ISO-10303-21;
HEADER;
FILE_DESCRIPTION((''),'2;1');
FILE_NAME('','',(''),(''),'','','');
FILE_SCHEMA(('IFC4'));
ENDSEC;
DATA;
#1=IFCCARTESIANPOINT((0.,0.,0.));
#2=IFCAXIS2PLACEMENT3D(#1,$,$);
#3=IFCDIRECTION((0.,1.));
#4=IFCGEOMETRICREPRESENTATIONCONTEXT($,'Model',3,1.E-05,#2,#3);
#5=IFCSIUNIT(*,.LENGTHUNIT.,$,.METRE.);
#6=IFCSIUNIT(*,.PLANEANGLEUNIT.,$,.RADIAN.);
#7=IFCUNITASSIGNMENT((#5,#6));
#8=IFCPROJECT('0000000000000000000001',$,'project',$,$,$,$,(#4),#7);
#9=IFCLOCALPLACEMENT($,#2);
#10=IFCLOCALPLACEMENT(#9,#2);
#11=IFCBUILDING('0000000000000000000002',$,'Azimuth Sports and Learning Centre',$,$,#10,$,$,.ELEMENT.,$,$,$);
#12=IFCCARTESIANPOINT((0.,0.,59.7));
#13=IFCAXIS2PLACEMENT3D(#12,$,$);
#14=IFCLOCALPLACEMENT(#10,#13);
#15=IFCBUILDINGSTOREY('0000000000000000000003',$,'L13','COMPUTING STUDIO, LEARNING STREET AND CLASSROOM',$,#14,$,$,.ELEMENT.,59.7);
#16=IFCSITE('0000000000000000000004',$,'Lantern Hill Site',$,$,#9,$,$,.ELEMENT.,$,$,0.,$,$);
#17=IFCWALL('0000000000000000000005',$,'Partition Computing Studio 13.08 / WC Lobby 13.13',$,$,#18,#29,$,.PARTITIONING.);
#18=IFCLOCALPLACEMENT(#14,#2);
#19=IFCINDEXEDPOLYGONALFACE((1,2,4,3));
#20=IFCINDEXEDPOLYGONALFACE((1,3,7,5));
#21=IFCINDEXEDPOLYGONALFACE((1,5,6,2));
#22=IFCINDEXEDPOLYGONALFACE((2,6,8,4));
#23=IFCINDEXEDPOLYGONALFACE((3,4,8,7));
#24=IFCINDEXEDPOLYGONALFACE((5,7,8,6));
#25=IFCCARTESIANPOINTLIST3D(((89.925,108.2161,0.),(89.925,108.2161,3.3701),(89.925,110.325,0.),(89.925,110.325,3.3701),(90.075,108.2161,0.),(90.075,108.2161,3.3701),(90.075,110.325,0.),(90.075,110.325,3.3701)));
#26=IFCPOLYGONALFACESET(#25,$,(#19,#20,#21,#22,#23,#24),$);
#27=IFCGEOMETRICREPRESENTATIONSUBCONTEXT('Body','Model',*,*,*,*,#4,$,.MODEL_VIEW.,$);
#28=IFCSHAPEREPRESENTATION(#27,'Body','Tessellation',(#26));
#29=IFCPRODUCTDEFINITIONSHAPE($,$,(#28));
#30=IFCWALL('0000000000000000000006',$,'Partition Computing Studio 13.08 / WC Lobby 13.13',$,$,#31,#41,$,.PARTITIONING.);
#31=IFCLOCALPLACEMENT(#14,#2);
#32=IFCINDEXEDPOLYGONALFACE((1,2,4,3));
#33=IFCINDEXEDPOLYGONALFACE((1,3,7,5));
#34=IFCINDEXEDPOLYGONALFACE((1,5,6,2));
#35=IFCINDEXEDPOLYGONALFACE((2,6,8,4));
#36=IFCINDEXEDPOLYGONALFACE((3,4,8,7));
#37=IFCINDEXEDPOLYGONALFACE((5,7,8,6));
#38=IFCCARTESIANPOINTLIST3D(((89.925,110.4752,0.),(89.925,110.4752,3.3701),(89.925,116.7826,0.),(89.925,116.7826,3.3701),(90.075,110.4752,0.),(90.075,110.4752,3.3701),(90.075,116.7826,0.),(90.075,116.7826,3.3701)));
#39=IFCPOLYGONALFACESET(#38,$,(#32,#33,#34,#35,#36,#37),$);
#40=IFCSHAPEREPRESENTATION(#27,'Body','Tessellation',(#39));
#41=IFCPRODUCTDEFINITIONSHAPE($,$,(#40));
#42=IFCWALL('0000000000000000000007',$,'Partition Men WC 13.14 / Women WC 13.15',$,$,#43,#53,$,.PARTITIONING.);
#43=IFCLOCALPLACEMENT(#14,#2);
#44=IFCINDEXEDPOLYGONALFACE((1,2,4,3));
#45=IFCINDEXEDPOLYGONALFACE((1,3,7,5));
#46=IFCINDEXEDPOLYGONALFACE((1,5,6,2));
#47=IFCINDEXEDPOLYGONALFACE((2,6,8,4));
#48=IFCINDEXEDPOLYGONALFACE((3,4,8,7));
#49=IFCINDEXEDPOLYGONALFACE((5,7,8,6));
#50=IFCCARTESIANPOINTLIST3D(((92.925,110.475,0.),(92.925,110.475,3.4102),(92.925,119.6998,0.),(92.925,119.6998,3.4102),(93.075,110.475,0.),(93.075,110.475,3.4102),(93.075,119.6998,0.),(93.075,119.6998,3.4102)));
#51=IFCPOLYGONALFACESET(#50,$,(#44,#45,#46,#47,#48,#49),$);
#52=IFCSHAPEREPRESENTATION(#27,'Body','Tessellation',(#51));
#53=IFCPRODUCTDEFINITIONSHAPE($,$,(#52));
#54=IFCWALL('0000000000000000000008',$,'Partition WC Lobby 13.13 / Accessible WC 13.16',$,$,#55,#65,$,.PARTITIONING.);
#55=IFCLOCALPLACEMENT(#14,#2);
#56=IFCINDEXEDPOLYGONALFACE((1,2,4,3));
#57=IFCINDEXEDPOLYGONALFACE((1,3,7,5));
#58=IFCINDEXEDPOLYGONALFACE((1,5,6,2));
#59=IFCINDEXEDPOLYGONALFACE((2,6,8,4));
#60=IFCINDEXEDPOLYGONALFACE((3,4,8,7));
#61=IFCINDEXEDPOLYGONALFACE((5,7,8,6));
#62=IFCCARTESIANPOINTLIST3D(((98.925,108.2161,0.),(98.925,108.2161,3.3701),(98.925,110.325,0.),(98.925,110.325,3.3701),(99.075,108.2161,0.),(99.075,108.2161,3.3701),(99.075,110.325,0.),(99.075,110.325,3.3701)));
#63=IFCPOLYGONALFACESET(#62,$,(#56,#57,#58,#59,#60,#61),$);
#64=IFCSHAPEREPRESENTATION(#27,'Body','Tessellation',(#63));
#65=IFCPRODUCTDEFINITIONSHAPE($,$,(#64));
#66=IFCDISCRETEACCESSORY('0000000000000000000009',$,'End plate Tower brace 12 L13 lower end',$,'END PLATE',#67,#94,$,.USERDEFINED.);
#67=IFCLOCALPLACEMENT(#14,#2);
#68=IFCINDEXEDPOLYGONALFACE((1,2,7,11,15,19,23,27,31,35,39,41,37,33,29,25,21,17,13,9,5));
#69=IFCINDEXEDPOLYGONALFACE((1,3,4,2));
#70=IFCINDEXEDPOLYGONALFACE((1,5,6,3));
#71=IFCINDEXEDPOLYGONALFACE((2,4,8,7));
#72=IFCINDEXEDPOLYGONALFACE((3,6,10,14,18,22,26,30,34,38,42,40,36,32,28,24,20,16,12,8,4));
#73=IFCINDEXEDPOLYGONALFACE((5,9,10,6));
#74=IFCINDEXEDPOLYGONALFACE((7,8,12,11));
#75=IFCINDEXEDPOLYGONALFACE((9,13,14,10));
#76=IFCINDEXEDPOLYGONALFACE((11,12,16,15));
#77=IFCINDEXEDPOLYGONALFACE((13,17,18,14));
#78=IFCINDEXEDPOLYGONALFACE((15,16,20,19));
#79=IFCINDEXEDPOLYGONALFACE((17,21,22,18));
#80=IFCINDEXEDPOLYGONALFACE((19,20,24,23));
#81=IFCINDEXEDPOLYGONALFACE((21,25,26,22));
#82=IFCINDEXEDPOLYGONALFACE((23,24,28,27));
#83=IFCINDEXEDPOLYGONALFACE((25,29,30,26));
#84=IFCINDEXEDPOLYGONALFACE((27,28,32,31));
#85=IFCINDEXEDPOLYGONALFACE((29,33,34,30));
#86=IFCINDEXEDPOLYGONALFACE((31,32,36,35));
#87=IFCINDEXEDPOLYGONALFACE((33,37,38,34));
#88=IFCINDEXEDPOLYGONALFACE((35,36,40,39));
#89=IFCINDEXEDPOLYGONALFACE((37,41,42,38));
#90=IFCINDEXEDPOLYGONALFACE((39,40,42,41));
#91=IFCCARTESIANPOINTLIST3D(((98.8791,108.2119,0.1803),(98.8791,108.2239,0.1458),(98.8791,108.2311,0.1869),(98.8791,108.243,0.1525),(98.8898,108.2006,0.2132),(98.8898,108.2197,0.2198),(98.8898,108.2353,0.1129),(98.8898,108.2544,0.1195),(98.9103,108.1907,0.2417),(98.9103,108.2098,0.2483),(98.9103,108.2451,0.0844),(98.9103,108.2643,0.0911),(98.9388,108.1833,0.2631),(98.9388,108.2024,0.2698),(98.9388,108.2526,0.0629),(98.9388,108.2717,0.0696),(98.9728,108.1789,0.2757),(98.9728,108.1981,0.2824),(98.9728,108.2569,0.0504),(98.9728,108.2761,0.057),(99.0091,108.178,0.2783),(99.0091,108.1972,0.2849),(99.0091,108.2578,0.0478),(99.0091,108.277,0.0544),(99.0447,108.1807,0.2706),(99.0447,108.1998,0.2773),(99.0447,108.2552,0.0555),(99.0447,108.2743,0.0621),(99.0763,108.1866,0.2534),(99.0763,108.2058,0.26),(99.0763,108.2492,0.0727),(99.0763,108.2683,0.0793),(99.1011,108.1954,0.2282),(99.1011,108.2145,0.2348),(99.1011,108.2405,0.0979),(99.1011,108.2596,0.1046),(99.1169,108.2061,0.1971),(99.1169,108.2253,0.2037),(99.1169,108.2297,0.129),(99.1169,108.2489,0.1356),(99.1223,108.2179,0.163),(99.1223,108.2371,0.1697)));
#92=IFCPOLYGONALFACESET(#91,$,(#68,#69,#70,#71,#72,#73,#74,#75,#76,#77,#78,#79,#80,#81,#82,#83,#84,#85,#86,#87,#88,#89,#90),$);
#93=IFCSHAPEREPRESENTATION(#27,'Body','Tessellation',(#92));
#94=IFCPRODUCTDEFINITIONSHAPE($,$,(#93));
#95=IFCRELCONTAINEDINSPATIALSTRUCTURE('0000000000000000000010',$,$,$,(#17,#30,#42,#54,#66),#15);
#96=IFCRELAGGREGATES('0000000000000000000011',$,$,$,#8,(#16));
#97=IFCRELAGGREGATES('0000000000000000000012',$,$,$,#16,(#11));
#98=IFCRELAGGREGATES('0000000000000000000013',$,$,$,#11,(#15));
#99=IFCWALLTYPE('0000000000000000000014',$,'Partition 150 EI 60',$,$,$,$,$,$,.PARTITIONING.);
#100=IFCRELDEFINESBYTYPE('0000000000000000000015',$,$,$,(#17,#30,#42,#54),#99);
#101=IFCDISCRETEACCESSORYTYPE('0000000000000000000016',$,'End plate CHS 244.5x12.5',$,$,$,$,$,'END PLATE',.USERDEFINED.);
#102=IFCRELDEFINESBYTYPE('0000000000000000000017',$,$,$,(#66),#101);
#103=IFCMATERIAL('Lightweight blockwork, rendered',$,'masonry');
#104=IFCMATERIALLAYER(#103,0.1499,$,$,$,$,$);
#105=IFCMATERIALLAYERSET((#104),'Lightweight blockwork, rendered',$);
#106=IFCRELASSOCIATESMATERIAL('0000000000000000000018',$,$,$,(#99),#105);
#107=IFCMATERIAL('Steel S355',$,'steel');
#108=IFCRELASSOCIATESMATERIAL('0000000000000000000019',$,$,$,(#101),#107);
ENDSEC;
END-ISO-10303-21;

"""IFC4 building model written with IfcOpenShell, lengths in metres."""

from ifc_helpers import new_model, si_unit, direction, frame, frame_2d, origin, origin_2d, place, context, subcontext, project, spatial, rectangle, circle, extrude, material, layer, layer_set, material_profile, profile_set, type_object, element, save


model = new_model("IFC4")

# Units and contexts
model_context = context("Model", 3, precision=1e-05, world=origin(), true_north=direction((0.0, 1.0)))
body_context = subcontext(model_context, "Body", "Model", "MODEL_VIEW")
ifc_project = project(units=[si_unit("LENGTHUNIT", "METRE"), si_unit("PLANEANGLEUNIT", "RADIAN")], contexts=[model_context])

# Site, building, storey
site_placement = place(None, origin())
site = spatial("IfcSite", under=ifc_project, at=site_placement, Name="Lantern Hill Site", CompositionType="ELEMENT", RefElevation=0.0)
building_placement = place(site_placement, origin())
building = spatial("IfcBuilding", under=site, at=building_placement, Name="Azimuth Sports and Learning Centre", CompositionType="ELEMENT")
storey_placement = place(building_placement, frame((0.0, 0.0, 59.7)))
storey = spatial("IfcBuildingStorey", under=building, at=storey_placement, Name="L13", Description="COMPUTING STUDIO, LEARNING STREET AND CLASSROOM", CompositionType="ELEMENT", Elevation=59.7)

# Shared definitions
ifc_material_1 = material(Name="Lightweight blockwork, rendered", Category="masonry")
ifc_layer_1 = layer(ifc_material_1, 0.1499)
ifc_layer_set_1 = layer_set([ifc_layer_1], Name="Lightweight blockwork, rendered")
wall_type_1 = type_object("IfcWallType", Name="Partition 150 EI 60", PredefinedType="PARTITIONING", material=ifc_layer_set_1)

# Walls
wall_1_placement = place(storey_placement, frame((90.0, 108.2161, 0.0), z_axis=(0.0, 0.0, 1.0), x_axis=(0.0, 1.0, 0.0)))
element("IfcWall", 1, at=wall_1_placement, inside=storey, type_object=wall_type_1, Name="Partition Computing Studio 13.08 / WC Lobby 13.13", PredefinedType="PARTITIONING", context=body_context, shape_type="SweptSolid", body=[
    extrude(rectangle(XDim=2.1089, YDim=0.1499, at=frame_2d((1.0544, 0.0))), origin(), (0.0, 0.0, 1.0), 3.3701),
])
wall_2_placement = place(storey_placement, frame((90.0, 110.4751, 0.0), z_axis=(0.0, 0.0, 1.0), x_axis=(0.0, 1.0, 0.0)))
element("IfcWall", 2, at=wall_2_placement, inside=storey, type_object=wall_type_1, Name="Partition Computing Studio 13.08 / WC Lobby 13.13", PredefinedType="PARTITIONING", context=body_context, shape_type="SweptSolid", body=[
    extrude(rectangle(XDim=6.3074, YDim=0.1499, at=frame_2d((3.1538, 0.0))), origin(), (0.0, 0.0, 1.0), 3.3701),
])
wall_3_placement = place(storey_placement, frame((93.0, 110.4751, 0.0), z_axis=(0.0, 0.0, 1.0), x_axis=(0.0, 1.0, 0.0)))
element("IfcWall", 3, at=wall_3_placement, inside=storey, type_object=wall_type_1, Name="Partition Men WC 13.14 / Women WC 13.15", PredefinedType="PARTITIONING", context=body_context, shape_type="SweptSolid", body=[
    extrude(rectangle(XDim=9.2249, YDim=0.1499, at=frame_2d((4.6123, 0.0))), origin(), (0.0, 0.0, 1.0), 3.4102),
])
wall_4_placement = place(storey_placement, frame((99.0, 108.2161, 0.0), z_axis=(0.0, 0.0, 1.0), x_axis=(0.0, 1.0, 0.0)))
element("IfcWall", 4, at=wall_4_placement, inside=storey, type_object=wall_type_1, Name="Partition WC Lobby 13.13 / Accessible WC 13.16", PredefinedType="PARTITIONING", context=body_context, shape_type="SweptSolid", body=[
    extrude(rectangle(XDim=2.1089, YDim=0.1499, at=frame_2d((1.0544, 0.0))), origin(), (0.0, 0.0, 1.0), 3.3701),
])

# Discrete accessory
ifc_material_2 = material(Name="Steel S355", Category="steel")
ifc_material_profile_1 = material_profile(ifc_material_2, circle(Radius=0.1223, at=origin_2d()), Name="PL 244 DISC")
ifc_profile_set_1 = profile_set([ifc_material_profile_1], Name="Steel S355")
discrete_accessory_type = type_object("IfcDiscreteAccessoryType", Name="End plate CHS 244.5x12.5", ElementType="END PLATE", PredefinedType="USERDEFINED", material=ifc_profile_set_1)
discrete_accessory_placement = place(storey_placement, frame((99.0, 108.2371, 0.1697), z_axis=(0.0, -0.944986, -0.327111), x_axis=(1.0, 0.0, 0.0)))
element("IfcDiscreteAccessory", 5, at=discrete_accessory_placement, inside=storey, type_object=discrete_accessory_type, Name="End plate Tower brace 12 L13 lower end", ObjectType="END PLATE", PredefinedType="USERDEFINED", context=body_context, shape_type="SweptSolid", body=[
    extrude(circle(Radius=0.1223, at=origin_2d()), origin(), (0.0, 0.0, 1.0), 0.0203),
])

save(model, "model.ifc")
